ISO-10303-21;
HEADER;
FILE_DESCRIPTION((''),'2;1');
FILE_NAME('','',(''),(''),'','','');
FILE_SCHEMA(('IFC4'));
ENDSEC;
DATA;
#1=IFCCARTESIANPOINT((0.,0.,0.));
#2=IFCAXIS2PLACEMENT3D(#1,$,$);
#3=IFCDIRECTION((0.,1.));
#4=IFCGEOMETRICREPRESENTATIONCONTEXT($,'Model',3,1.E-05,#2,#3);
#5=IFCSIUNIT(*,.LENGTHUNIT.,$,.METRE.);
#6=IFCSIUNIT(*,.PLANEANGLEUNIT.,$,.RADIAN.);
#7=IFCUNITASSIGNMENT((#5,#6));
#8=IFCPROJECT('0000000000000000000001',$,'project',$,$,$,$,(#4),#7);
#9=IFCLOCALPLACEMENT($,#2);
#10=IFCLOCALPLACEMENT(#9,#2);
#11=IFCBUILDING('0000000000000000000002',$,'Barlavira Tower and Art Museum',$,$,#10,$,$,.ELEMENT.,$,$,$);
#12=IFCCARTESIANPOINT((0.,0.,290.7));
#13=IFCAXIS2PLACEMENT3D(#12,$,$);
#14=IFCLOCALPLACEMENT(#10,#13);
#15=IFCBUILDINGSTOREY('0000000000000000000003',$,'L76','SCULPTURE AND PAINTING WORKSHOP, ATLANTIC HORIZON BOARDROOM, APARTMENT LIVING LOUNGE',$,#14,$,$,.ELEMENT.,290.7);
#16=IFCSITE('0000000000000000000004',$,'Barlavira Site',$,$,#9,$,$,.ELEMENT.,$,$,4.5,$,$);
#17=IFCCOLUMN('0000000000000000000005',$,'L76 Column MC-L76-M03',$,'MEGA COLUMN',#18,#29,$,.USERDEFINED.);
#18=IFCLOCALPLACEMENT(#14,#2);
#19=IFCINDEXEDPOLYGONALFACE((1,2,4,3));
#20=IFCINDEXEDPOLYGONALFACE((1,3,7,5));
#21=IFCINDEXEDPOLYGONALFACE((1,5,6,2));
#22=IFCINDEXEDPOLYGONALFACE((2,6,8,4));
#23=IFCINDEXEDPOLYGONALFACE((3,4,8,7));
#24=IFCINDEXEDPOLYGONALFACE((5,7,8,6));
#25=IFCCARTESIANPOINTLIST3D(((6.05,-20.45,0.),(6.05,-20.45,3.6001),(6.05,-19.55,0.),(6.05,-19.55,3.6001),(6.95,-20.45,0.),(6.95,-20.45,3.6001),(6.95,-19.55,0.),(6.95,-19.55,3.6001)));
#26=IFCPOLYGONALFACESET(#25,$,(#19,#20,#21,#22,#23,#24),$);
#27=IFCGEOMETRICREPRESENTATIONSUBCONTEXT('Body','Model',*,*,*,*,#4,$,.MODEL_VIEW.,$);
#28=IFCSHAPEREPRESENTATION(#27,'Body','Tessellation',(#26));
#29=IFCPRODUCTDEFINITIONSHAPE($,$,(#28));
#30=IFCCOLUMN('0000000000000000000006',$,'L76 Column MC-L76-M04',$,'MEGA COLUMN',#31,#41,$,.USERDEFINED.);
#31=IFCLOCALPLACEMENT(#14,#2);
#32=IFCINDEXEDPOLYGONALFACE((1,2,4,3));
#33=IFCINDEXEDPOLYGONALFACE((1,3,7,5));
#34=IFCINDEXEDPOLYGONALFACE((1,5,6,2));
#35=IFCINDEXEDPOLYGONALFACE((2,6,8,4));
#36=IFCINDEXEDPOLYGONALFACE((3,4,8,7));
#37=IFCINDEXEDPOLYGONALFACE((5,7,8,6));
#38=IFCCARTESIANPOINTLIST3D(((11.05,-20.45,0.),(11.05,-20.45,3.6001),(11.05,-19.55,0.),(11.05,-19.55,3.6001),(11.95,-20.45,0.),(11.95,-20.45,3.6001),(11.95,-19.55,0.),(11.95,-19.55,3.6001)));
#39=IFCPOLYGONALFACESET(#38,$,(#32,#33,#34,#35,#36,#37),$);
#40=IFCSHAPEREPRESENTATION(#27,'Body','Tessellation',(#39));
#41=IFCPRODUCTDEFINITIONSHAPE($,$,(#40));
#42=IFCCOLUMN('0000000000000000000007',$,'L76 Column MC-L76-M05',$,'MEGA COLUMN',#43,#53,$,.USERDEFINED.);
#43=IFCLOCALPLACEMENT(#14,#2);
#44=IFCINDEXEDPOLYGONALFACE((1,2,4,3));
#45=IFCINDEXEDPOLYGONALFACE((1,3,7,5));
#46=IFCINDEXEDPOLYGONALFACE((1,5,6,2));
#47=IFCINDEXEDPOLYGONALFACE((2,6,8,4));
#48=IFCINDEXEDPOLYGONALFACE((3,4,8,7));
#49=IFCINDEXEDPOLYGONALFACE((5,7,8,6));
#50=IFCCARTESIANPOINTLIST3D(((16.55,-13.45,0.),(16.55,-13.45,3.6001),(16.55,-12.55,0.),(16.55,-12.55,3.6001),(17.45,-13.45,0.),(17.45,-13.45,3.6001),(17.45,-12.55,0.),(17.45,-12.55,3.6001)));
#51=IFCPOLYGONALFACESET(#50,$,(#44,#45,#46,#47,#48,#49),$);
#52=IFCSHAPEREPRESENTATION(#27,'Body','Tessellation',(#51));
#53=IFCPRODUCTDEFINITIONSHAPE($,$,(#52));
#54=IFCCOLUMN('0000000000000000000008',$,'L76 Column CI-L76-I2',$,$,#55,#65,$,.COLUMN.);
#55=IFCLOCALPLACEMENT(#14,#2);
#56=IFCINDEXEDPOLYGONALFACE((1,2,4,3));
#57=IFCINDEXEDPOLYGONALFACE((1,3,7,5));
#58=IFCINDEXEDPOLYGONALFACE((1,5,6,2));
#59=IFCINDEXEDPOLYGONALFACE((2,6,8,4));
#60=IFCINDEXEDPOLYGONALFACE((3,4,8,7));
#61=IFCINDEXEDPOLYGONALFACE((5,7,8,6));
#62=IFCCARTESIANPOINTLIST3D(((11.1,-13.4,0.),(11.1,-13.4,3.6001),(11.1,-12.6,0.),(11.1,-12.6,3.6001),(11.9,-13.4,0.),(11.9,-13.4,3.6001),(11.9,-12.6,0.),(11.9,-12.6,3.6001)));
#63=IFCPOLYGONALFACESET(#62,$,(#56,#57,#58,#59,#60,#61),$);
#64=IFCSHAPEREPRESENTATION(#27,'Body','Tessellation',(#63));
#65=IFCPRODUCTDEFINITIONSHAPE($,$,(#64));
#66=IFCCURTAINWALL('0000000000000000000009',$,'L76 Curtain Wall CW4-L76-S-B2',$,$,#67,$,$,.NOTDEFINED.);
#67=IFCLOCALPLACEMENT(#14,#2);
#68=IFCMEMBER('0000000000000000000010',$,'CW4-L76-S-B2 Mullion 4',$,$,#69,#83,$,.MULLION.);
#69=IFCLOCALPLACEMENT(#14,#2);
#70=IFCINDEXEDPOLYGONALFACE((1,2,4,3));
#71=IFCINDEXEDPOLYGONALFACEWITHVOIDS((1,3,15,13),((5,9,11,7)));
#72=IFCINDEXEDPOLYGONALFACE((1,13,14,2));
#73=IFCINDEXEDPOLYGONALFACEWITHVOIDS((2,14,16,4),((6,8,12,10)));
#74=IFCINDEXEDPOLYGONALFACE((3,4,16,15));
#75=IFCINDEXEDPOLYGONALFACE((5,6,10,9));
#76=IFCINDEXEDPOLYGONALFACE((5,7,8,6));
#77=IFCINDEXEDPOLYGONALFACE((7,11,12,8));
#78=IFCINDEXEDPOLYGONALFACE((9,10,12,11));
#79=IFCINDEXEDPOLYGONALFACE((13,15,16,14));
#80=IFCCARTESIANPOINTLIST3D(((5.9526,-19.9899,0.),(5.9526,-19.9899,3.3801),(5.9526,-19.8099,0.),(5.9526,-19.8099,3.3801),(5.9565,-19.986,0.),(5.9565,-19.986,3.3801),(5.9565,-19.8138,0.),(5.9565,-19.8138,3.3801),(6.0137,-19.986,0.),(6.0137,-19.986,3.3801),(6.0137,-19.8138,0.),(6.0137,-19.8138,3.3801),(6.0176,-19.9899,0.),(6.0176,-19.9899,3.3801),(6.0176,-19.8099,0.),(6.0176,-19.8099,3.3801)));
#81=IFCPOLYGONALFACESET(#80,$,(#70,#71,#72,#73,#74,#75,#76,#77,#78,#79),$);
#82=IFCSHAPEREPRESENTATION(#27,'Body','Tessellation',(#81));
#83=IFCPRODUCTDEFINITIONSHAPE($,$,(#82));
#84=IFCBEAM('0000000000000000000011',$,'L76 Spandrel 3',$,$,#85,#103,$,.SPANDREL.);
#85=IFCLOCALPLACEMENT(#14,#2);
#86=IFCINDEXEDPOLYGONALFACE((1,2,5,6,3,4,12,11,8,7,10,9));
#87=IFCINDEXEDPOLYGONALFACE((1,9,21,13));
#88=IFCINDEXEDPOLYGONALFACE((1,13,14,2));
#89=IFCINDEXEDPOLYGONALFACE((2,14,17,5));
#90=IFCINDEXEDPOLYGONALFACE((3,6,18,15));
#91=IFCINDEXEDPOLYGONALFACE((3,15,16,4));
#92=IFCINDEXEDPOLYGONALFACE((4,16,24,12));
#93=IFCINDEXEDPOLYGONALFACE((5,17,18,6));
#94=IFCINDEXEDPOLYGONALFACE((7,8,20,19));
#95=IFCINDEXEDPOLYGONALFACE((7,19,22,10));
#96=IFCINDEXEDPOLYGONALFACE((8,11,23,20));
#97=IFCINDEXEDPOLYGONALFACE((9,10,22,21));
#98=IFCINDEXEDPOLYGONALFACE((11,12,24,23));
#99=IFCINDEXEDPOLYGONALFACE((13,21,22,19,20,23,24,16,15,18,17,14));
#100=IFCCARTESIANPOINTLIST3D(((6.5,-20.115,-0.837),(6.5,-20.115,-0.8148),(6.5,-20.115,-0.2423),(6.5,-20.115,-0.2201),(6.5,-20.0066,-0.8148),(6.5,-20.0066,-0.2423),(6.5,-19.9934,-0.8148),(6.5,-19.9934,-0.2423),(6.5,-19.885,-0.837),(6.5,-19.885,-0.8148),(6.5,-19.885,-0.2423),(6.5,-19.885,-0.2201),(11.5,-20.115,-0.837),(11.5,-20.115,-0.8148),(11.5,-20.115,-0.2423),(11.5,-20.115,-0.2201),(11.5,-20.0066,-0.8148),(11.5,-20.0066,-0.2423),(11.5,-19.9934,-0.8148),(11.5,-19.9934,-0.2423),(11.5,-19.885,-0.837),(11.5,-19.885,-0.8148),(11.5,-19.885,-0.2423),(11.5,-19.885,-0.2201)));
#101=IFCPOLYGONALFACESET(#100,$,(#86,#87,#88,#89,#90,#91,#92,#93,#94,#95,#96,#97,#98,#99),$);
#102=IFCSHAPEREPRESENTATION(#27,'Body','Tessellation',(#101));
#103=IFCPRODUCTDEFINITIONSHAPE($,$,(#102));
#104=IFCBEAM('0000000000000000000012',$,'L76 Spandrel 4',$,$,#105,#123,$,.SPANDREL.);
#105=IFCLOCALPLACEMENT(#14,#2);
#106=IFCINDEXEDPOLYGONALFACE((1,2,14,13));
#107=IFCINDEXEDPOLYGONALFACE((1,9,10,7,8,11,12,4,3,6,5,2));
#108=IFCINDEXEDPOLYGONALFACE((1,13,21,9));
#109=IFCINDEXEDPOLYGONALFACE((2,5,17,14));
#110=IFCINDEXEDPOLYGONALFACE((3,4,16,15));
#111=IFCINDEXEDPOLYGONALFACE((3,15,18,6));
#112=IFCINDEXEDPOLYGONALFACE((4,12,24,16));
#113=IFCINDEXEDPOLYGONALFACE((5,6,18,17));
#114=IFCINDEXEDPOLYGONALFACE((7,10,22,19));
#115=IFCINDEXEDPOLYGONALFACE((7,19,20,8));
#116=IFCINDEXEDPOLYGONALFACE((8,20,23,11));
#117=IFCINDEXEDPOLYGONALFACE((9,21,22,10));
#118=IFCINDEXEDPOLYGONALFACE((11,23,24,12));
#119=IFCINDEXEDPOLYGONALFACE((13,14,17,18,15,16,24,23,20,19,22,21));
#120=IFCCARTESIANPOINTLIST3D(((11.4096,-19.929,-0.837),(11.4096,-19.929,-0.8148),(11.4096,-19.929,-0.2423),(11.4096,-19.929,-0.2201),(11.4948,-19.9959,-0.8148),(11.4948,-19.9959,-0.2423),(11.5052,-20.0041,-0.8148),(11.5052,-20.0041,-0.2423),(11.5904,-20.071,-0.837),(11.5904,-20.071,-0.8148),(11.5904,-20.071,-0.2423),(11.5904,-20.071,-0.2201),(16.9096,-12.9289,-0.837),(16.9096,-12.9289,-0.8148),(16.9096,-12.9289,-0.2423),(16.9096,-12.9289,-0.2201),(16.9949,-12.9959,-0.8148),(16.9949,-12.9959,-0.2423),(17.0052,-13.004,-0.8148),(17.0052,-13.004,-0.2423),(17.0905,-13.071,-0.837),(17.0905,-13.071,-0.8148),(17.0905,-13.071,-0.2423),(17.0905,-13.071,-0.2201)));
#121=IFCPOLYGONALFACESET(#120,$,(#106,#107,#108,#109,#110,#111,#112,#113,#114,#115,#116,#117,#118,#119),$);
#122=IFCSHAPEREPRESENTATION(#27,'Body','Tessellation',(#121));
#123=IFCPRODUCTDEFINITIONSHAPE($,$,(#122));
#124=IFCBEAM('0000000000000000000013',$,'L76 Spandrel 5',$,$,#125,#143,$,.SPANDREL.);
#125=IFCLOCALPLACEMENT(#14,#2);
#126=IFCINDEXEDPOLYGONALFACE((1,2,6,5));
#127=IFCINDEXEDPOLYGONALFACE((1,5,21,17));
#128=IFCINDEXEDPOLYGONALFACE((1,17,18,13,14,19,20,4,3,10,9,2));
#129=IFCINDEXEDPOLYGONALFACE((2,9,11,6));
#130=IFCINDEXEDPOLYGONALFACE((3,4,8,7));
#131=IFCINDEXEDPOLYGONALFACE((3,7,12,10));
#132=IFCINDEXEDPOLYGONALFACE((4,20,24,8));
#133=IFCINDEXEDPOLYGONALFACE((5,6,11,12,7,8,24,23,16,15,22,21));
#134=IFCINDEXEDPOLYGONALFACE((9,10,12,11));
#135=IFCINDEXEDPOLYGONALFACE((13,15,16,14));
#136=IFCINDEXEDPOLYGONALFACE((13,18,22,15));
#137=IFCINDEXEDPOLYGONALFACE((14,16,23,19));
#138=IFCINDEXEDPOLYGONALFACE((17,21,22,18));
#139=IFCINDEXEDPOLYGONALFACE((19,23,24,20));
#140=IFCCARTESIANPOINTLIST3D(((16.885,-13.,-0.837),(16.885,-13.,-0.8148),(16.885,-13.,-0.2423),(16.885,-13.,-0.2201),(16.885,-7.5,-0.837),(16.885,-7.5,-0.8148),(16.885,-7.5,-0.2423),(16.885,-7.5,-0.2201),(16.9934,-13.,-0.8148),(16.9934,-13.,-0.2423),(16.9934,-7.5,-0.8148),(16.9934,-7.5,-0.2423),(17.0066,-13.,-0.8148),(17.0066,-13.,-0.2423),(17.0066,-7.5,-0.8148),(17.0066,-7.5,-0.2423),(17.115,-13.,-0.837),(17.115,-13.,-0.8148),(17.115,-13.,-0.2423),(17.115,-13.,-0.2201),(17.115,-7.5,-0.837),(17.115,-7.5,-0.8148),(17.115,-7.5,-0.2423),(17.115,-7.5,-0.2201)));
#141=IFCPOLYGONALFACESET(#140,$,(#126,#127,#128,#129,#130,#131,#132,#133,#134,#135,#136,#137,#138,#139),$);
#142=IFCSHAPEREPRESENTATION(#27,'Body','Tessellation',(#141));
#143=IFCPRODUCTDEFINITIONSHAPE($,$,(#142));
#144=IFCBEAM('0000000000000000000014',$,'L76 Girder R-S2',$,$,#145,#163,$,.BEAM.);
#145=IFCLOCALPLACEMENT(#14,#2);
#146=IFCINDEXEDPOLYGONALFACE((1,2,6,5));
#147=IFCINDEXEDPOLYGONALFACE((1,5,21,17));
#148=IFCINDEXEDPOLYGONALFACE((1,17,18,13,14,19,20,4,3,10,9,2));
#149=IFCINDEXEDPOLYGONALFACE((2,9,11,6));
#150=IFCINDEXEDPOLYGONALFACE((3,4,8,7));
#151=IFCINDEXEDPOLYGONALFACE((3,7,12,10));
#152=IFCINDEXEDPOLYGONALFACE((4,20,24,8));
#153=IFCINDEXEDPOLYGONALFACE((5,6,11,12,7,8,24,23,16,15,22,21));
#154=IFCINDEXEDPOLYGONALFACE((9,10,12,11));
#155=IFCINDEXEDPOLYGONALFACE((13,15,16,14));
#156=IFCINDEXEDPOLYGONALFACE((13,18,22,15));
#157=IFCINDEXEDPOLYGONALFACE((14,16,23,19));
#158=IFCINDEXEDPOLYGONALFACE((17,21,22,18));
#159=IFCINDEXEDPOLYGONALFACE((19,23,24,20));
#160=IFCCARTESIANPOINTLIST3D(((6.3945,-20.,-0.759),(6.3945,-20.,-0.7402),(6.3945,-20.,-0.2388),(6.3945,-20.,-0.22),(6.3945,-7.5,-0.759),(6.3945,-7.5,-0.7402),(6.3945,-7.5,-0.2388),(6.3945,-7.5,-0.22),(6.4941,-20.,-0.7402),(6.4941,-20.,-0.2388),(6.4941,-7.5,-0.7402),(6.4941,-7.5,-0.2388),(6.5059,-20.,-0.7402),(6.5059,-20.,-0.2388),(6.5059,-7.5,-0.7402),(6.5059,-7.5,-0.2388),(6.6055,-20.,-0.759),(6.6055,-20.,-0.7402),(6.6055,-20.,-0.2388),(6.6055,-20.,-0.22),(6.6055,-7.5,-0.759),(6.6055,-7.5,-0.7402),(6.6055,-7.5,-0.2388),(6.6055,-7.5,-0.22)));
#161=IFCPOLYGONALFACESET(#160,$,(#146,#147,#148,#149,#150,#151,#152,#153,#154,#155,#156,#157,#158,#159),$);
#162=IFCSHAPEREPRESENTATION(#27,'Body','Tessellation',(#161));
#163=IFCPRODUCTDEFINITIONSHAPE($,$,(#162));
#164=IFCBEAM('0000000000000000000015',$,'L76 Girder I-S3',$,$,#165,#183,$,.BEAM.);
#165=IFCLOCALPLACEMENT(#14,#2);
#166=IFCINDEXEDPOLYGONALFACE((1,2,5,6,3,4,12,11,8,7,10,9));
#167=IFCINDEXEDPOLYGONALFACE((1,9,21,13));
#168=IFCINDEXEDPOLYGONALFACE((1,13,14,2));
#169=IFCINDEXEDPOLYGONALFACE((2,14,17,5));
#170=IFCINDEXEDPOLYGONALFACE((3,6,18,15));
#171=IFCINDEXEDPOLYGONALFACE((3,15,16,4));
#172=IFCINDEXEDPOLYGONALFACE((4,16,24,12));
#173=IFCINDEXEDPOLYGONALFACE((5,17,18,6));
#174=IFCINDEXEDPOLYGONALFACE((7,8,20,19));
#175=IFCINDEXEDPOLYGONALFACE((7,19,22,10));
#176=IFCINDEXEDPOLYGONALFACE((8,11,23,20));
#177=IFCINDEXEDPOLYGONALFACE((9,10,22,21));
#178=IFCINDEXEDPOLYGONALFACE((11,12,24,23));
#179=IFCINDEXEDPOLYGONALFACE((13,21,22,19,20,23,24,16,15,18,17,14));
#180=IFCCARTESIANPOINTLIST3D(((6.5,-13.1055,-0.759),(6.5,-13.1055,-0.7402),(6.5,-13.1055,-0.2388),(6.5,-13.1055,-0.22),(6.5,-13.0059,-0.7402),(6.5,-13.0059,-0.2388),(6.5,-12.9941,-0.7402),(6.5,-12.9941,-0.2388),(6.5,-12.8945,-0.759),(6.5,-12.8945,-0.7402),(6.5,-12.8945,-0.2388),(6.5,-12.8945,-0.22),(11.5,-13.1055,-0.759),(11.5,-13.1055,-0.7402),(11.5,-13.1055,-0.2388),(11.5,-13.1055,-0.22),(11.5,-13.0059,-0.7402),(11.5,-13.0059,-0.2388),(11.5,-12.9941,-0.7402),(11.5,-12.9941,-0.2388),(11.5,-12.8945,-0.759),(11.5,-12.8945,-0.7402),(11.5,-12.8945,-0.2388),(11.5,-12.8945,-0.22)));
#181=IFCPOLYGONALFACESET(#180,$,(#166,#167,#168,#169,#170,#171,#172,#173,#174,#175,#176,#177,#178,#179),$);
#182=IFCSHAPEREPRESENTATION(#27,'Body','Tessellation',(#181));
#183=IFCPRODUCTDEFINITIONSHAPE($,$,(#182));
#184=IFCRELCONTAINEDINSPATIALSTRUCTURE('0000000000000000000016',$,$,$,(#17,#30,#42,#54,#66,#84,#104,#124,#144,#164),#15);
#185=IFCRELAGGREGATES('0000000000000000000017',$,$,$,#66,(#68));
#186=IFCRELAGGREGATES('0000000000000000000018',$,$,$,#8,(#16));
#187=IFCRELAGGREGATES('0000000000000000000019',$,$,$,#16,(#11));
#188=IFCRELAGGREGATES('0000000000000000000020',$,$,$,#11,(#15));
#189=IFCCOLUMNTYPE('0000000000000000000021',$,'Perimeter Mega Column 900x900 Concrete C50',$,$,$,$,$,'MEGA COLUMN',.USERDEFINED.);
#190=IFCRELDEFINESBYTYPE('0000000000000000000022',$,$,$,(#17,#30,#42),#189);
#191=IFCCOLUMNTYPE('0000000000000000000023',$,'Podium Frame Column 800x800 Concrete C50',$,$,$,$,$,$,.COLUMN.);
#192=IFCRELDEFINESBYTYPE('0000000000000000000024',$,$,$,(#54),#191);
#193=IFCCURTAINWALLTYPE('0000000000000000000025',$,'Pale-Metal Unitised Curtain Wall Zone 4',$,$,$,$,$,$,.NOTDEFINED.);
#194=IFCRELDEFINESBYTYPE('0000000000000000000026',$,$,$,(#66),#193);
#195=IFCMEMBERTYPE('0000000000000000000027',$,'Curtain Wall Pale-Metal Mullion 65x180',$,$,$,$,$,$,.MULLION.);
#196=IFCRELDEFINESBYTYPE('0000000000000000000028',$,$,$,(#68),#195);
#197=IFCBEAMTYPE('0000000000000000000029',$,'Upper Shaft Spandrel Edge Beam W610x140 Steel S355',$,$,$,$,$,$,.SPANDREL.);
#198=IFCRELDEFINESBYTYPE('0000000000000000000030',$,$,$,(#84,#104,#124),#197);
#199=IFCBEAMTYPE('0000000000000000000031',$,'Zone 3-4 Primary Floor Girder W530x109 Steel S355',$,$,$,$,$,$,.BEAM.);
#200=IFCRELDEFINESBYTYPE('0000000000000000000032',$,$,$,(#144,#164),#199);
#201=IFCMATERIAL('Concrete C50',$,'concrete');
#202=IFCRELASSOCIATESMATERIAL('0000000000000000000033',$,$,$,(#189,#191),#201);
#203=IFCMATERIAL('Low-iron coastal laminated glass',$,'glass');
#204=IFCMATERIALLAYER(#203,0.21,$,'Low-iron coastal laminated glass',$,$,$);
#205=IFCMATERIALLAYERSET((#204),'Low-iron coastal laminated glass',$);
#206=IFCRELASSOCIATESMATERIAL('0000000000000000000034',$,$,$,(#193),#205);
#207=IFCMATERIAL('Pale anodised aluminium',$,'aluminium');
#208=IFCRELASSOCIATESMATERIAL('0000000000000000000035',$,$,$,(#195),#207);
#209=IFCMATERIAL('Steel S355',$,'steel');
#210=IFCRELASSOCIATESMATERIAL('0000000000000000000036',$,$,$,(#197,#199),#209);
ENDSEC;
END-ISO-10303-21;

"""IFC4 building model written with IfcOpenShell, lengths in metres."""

from ifc_helpers import new_model, si_unit, direction, frame, origin, origin_2d, place, context, subcontext, project, spatial, rectangle, hollow_rectangle, i_section, extrude, material, layer, layer_set, material_profile, profile_set, type_object, element, aggregate, save


model = new_model("IFC4")

# Units and contexts
model_context = context("Model", 3, precision=1e-05, world=origin(), true_north=direction((0.0, 1.0)))
body_context = subcontext(model_context, "Body", "Model", "MODEL_VIEW")
ifc_project = project(units=[si_unit("LENGTHUNIT", "METRE"), si_unit("PLANEANGLEUNIT", "RADIAN")], contexts=[model_context])

# Site, building, storey
site_placement = place(None, origin())
site = spatial("IfcSite", under=ifc_project, at=site_placement, Name="Barlavira Site", CompositionType="ELEMENT", RefElevation=4.5)
building_placement = place(site_placement, origin())
building = spatial("IfcBuilding", under=site, at=building_placement, Name="Barlavira Tower and Art Museum", CompositionType="ELEMENT")
storey_placement = place(building_placement, frame((0.0, 0.0, 290.7)))
storey = spatial("IfcBuildingStorey", under=building, at=storey_placement, Name="L76", Description="SCULPTURE AND PAINTING WORKSHOP, ATLANTIC HORIZON BOARDROOM, APARTMENT LIVING LOUNGE", CompositionType="ELEMENT", Elevation=290.7)

# Columns
ifc_material_1 = material(Name="Concrete C50", Category="concrete")
ifc_material_profile_1 = material_profile(ifc_material_1, rectangle(XDim=0.8999, YDim=0.8999, at=origin_2d()), Name="RC-COL 900x900")
ifc_profile_set_1 = profile_set([ifc_material_profile_1], Name="Concrete C50")
column_type_1 = type_object("IfcColumnType", Name="Perimeter Mega Column 900x900 Concrete C50", ElementType="MEGA COLUMN", PredefinedType="USERDEFINED", material=ifc_profile_set_1)
for number, where, z_axis, x_axis, name in (
    (1, (6.5, -20.0, 0.0), (0.0, 0.0, 1.0), (1.0, 0.0, 0.0), "L76 Column MC-L76-M03"),
    (2, (11.5, -20.0, 0.0), (0.0, 0.0, 1.0), (1.0, 0.0, 0.0), "L76 Column MC-L76-M04"),
    (3, (17.0, -13.0, 0.0), (0.0, 0.0, 1.0), (1.0, 0.0, 0.0), "L76 Column MC-L76-M05"),
):
    element("IfcColumn", number, at=place(storey_placement, frame(where, z_axis=z_axis, x_axis=x_axis)), inside=storey, type_object=column_type_1, Name=name, ObjectType="MEGA COLUMN", PredefinedType="USERDEFINED", context=body_context, shape_type="SweptSolid", body=[
        extrude(rectangle(XDim=0.8999, YDim=0.8999, at=origin_2d()), origin(), (0.0, 0.0, 1.0), 3.6001),
    ])
ifc_material_profile_2 = material_profile(ifc_material_1, rectangle(XDim=0.8, YDim=0.8, at=origin_2d()), Name="RC-COL 800x800")
ifc_profile_set_2 = profile_set([ifc_material_profile_2], Name="Concrete C50")
column_type_2 = type_object("IfcColumnType", Name="Podium Frame Column 800x800 Concrete C50", PredefinedType="COLUMN", material=ifc_profile_set_2)
column_placement = place(storey_placement, frame((11.5, -13.0, 0.0), z_axis=(0.0, 0.0, 1.0), x_axis=(1.0, 0.0, 0.0)))
element("IfcColumn", 4, at=column_placement, inside=storey, type_object=column_type_2, Name="L76 Column CI-L76-I2", PredefinedType="COLUMN", context=body_context, shape_type="SweptSolid", body=[
    extrude(rectangle(XDim=0.8, YDim=0.8, at=origin_2d()), origin(), (0.0, 0.0, 1.0), 3.6001),
])

# Curtain wall, member
ifc_material_2 = material(Name="Low-iron coastal laminated glass", Category="glass")
ifc_layer_1 = layer(ifc_material_2, 0.21, Name="Low-iron coastal laminated glass")
ifc_layer_set_1 = layer_set([ifc_layer_1], Name="Low-iron coastal laminated glass")
curtain_wall_type = type_object("IfcCurtainWallType", Name="Pale-Metal Unitised Curtain Wall Zone 4", PredefinedType="NOTDEFINED", material=ifc_layer_set_1)
curtain_wall_placement = place(storey_placement, origin())
curtain_wall = element("IfcCurtainWall", 5, at=curtain_wall_placement, inside=storey, type_object=curtain_wall_type, Name="L76 Curtain Wall CW4-L76-S-B2", PredefinedType="NOTDEFINED")
ifc_material_3 = material(Name="Pale anodised aluminium", Category="aluminium")
ifc_material_profile_3 = material_profile(ifc_material_3, hollow_rectangle(XDim=0.0649, YDim=0.1799, WallThickness=0.0039, at=origin_2d()), Name="ALU-MULL 65x180x4")
ifc_profile_set_3 = profile_set([ifc_material_profile_3], Name="Pale anodised aluminium")
member_type = type_object("IfcMemberType", Name="Curtain Wall Pale-Metal Mullion 65x180", PredefinedType="MULLION", material=ifc_profile_set_3)
member_placement = place(storey_placement, frame((5.9851, -19.8999, 0.0), z_axis=(0.0, 0.0, 1.0), x_axis=(1.0, 0.0, 0.0)))
member = element("IfcMember", 6, at=member_placement, type_object=member_type, Name="CW4-L76-S-B2 Mullion 4", PredefinedType="MULLION", context=body_context, shape_type="SweptSolid", body=[
    extrude(hollow_rectangle(XDim=0.0649, YDim=0.1799, WallThickness=0.0039, at=origin_2d()), origin(), (0.0, 0.0, 1.0), 3.3801),
])
aggregate(curtain_wall, [member])

# Beams
ifc_material_4 = material(Name="Steel S355", Category="steel")
ifc_material_profile_4 = material_profile(ifc_material_4, i_section(OverallWidth=0.23, OverallDepth=0.6169, WebThickness=0.0132, FlangeThickness=0.0222, at=origin_2d()), Name="W610x140.0")
ifc_profile_set_4 = profile_set([ifc_material_profile_4], Name="Steel S355")
beam_type_1 = type_object("IfcBeamType", Name="Upper Shaft Spandrel Edge Beam W610x140 Steel S355", PredefinedType="SPANDREL", material=ifc_profile_set_4)
beam_1_placement = place(storey_placement, frame((6.5, -20.0, -0.5286), z_axis=(1.0, 0.0, 0.0), x_axis=(0.0, 1.0, 0.0)))
element("IfcBeam", 7, at=beam_1_placement, inside=storey, type_object=beam_type_1, Name="L76 Spandrel 3", PredefinedType="SPANDREL", context=body_context, shape_type="SweptSolid", body=[
    extrude(i_section(OverallWidth=0.23, OverallDepth=0.6169, WebThickness=0.0132, FlangeThickness=0.0222, at=origin_2d()), origin(), (0.0, 0.0, 1.0), 5.0),
])
beam_2_placement = place(storey_placement, frame((11.5, -20.0, -0.5286), z_axis=(0.617822, 0.786318, 0.0), x_axis=(-0.786318, 0.617822, 0.0)))
element("IfcBeam", 8, at=beam_2_placement, inside=storey, type_object=beam_type_1, Name="L76 Spandrel 4", PredefinedType="SPANDREL", context=body_context, shape_type="SweptSolid", body=[
    extrude(i_section(OverallWidth=0.23, OverallDepth=0.6169, WebThickness=0.0132, FlangeThickness=0.0222, at=origin_2d()), origin(), (0.0, 0.0, 1.0), 8.9023),
])
beam_3_placement = place(storey_placement, frame((17.0, -13.0, -0.5286), z_axis=(0.0, 1.0, 0.0), x_axis=(-1.0, 0.0, 0.0)))
element("IfcBeam", 9, at=beam_3_placement, inside=storey, type_object=beam_type_1, Name="L76 Spandrel 5", PredefinedType="SPANDREL", context=body_context, shape_type="SweptSolid", body=[
    extrude(i_section(OverallWidth=0.23, OverallDepth=0.6169, WebThickness=0.0132, FlangeThickness=0.0222, at=origin_2d()), origin(), (0.0, 0.0, 1.0), 5.5),
])
ifc_material_profile_5 = material_profile(ifc_material_4, i_section(OverallWidth=0.2109, OverallDepth=0.5391, WebThickness=0.0117, FlangeThickness=0.0188, at=origin_2d()), Name="W530x109.0")
ifc_profile_set_5 = profile_set([ifc_material_profile_5], Name="Steel S355")
beam_type_2 = type_object("IfcBeamType", Name="Zone 3-4 Primary Floor Girder W530x109 Steel S355", PredefinedType="BEAM", material=ifc_profile_set_5)
beam_4_placement = place(storey_placement, frame((6.5, -20.0, -0.4895), z_axis=(0.0, 1.0, 0.0), x_axis=(-1.0, 0.0, 0.0)))
element("IfcBeam", 10, at=beam_4_placement, inside=storey, type_object=beam_type_2, Name="L76 Girder R-S2", PredefinedType="BEAM", context=body_context, shape_type="SweptSolid", body=[
    extrude(i_section(OverallWidth=0.2109, OverallDepth=0.5391, WebThickness=0.0117, FlangeThickness=0.0188, at=origin_2d()), origin(), (0.0, 0.0, 1.0), 12.5),
])
beam_5_placement = place(storey_placement, frame((6.5, -13.0, -0.4895), z_axis=(1.0, 0.0, 0.0), x_axis=(0.0, 1.0, 0.0)))
element("IfcBeam", 11, at=beam_5_placement, inside=storey, type_object=beam_type_2, Name="L76 Girder I-S3", PredefinedType="BEAM", context=body_context, shape_type="SweptSolid", body=[
    extrude(i_section(OverallWidth=0.2109, OverallDepth=0.5391, WebThickness=0.0117, FlangeThickness=0.0188, at=origin_2d()), origin(), (0.0, 0.0, 1.0), 5.0),
])

save(model, "model.ifc")
